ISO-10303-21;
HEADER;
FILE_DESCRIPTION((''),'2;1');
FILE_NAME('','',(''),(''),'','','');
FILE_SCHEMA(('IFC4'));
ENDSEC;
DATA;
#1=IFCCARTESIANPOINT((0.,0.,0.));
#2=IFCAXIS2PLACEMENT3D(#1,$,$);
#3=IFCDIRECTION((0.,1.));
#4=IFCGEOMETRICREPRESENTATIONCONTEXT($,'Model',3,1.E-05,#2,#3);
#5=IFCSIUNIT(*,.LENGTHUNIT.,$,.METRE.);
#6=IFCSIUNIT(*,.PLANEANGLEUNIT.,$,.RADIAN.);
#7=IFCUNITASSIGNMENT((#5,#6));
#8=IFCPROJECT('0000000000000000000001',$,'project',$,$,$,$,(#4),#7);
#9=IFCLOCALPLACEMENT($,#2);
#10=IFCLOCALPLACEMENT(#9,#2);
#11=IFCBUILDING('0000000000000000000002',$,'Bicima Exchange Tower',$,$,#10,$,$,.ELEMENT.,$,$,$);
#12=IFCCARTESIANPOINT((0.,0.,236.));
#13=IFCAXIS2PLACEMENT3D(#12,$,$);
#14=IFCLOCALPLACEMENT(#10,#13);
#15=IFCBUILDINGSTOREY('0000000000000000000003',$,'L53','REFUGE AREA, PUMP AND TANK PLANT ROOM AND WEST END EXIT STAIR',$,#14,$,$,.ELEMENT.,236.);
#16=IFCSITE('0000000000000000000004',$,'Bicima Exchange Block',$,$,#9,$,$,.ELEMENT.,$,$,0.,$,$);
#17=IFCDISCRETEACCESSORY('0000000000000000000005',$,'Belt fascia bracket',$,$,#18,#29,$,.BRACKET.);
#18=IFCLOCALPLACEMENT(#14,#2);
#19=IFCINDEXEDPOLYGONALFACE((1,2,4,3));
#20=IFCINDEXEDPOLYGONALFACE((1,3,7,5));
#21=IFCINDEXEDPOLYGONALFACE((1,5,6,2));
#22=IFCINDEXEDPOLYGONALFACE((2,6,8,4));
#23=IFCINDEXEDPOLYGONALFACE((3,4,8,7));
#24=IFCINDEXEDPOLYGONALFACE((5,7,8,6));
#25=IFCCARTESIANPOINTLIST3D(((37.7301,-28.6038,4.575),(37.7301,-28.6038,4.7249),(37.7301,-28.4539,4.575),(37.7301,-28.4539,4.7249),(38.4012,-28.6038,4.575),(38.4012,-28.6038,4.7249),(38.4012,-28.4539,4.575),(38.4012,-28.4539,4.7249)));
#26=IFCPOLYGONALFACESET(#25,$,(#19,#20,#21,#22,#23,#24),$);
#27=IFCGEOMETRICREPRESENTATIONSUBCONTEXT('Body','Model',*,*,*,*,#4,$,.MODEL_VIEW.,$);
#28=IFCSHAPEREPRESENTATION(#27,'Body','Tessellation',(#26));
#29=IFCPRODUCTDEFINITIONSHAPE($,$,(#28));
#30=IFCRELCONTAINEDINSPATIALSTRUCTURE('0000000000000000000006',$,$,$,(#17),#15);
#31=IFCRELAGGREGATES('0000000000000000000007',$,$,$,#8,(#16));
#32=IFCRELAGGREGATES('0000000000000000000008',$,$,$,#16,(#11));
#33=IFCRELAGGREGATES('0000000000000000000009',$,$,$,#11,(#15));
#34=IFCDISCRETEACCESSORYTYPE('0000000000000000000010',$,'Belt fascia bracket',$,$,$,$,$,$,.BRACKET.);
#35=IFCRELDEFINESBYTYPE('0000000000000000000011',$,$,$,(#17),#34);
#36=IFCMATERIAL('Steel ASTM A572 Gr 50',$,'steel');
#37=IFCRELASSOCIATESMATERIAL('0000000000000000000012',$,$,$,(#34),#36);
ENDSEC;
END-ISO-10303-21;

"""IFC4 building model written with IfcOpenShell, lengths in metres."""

from ifc_helpers import new_model, si_unit, direction, frame, origin, origin_2d, place, context, subcontext, project, spatial, rectangle, extrude, material, type_object, element, save


model = new_model("IFC4")

# Units and contexts
model_context = context("Model", 3, precision=1e-05, world=origin(), true_north=direction((0.0, 1.0)))
body_context = subcontext(model_context, "Body", "Model", "MODEL_VIEW")
ifc_project = project(units=[si_unit("LENGTHUNIT", "METRE"), si_unit("PLANEANGLEUNIT", "RADIAN")], contexts=[model_context])

# Site, building, storey
site_placement = place(None, origin())
site = spatial("IfcSite", under=ifc_project, at=site_placement, Name="Bicima Exchange Block", CompositionType="ELEMENT", RefElevation=0.0)
building_placement = place(site_placement, origin())
building = spatial("IfcBuilding", under=site, at=building_placement, Name="Bicima Exchange Tower", CompositionType="ELEMENT")
storey_placement = place(building_placement, frame((0.0, 0.0, 236.0)))
storey = spatial("IfcBuildingStorey", under=building, at=storey_placement, Name="L53", Description="REFUGE AREA, PUMP AND TANK PLANT ROOM AND WEST END EXIT STAIR", CompositionType="ELEMENT", Elevation=236.0)

# Shared definitions
ifc_material_1 = material(Name="Steel ASTM A572 Gr 50", Category="steel")

# Discrete accessory
discrete_accessory_type = type_object("IfcDiscreteAccessoryType", Name="Belt fascia bracket", PredefinedType="BRACKET", material=ifc_material_1)
for number, where, z_axis, x_axis, name in (
    (1, (38.0657, -28.5288, 4.575), (0.0, 0.0, 1.0), (0.0, 1.0, 0.0), "Belt fascia bracket"),
):
    element("IfcDiscreteAccessory", number, at=place(storey_placement, frame(where, z_axis=z_axis, x_axis=x_axis)), inside=storey, type_object=discrete_accessory_type, Name=name, PredefinedType="BRACKET", context=body_context, shape_type="SweptSolid", body=[
        extrude(rectangle(XDim=0.1499, YDim=0.6711, at=origin_2d()), origin(), (0.0, 0.0, 1.0), 0.1499),
    ])

save(model, "model.ifc")
